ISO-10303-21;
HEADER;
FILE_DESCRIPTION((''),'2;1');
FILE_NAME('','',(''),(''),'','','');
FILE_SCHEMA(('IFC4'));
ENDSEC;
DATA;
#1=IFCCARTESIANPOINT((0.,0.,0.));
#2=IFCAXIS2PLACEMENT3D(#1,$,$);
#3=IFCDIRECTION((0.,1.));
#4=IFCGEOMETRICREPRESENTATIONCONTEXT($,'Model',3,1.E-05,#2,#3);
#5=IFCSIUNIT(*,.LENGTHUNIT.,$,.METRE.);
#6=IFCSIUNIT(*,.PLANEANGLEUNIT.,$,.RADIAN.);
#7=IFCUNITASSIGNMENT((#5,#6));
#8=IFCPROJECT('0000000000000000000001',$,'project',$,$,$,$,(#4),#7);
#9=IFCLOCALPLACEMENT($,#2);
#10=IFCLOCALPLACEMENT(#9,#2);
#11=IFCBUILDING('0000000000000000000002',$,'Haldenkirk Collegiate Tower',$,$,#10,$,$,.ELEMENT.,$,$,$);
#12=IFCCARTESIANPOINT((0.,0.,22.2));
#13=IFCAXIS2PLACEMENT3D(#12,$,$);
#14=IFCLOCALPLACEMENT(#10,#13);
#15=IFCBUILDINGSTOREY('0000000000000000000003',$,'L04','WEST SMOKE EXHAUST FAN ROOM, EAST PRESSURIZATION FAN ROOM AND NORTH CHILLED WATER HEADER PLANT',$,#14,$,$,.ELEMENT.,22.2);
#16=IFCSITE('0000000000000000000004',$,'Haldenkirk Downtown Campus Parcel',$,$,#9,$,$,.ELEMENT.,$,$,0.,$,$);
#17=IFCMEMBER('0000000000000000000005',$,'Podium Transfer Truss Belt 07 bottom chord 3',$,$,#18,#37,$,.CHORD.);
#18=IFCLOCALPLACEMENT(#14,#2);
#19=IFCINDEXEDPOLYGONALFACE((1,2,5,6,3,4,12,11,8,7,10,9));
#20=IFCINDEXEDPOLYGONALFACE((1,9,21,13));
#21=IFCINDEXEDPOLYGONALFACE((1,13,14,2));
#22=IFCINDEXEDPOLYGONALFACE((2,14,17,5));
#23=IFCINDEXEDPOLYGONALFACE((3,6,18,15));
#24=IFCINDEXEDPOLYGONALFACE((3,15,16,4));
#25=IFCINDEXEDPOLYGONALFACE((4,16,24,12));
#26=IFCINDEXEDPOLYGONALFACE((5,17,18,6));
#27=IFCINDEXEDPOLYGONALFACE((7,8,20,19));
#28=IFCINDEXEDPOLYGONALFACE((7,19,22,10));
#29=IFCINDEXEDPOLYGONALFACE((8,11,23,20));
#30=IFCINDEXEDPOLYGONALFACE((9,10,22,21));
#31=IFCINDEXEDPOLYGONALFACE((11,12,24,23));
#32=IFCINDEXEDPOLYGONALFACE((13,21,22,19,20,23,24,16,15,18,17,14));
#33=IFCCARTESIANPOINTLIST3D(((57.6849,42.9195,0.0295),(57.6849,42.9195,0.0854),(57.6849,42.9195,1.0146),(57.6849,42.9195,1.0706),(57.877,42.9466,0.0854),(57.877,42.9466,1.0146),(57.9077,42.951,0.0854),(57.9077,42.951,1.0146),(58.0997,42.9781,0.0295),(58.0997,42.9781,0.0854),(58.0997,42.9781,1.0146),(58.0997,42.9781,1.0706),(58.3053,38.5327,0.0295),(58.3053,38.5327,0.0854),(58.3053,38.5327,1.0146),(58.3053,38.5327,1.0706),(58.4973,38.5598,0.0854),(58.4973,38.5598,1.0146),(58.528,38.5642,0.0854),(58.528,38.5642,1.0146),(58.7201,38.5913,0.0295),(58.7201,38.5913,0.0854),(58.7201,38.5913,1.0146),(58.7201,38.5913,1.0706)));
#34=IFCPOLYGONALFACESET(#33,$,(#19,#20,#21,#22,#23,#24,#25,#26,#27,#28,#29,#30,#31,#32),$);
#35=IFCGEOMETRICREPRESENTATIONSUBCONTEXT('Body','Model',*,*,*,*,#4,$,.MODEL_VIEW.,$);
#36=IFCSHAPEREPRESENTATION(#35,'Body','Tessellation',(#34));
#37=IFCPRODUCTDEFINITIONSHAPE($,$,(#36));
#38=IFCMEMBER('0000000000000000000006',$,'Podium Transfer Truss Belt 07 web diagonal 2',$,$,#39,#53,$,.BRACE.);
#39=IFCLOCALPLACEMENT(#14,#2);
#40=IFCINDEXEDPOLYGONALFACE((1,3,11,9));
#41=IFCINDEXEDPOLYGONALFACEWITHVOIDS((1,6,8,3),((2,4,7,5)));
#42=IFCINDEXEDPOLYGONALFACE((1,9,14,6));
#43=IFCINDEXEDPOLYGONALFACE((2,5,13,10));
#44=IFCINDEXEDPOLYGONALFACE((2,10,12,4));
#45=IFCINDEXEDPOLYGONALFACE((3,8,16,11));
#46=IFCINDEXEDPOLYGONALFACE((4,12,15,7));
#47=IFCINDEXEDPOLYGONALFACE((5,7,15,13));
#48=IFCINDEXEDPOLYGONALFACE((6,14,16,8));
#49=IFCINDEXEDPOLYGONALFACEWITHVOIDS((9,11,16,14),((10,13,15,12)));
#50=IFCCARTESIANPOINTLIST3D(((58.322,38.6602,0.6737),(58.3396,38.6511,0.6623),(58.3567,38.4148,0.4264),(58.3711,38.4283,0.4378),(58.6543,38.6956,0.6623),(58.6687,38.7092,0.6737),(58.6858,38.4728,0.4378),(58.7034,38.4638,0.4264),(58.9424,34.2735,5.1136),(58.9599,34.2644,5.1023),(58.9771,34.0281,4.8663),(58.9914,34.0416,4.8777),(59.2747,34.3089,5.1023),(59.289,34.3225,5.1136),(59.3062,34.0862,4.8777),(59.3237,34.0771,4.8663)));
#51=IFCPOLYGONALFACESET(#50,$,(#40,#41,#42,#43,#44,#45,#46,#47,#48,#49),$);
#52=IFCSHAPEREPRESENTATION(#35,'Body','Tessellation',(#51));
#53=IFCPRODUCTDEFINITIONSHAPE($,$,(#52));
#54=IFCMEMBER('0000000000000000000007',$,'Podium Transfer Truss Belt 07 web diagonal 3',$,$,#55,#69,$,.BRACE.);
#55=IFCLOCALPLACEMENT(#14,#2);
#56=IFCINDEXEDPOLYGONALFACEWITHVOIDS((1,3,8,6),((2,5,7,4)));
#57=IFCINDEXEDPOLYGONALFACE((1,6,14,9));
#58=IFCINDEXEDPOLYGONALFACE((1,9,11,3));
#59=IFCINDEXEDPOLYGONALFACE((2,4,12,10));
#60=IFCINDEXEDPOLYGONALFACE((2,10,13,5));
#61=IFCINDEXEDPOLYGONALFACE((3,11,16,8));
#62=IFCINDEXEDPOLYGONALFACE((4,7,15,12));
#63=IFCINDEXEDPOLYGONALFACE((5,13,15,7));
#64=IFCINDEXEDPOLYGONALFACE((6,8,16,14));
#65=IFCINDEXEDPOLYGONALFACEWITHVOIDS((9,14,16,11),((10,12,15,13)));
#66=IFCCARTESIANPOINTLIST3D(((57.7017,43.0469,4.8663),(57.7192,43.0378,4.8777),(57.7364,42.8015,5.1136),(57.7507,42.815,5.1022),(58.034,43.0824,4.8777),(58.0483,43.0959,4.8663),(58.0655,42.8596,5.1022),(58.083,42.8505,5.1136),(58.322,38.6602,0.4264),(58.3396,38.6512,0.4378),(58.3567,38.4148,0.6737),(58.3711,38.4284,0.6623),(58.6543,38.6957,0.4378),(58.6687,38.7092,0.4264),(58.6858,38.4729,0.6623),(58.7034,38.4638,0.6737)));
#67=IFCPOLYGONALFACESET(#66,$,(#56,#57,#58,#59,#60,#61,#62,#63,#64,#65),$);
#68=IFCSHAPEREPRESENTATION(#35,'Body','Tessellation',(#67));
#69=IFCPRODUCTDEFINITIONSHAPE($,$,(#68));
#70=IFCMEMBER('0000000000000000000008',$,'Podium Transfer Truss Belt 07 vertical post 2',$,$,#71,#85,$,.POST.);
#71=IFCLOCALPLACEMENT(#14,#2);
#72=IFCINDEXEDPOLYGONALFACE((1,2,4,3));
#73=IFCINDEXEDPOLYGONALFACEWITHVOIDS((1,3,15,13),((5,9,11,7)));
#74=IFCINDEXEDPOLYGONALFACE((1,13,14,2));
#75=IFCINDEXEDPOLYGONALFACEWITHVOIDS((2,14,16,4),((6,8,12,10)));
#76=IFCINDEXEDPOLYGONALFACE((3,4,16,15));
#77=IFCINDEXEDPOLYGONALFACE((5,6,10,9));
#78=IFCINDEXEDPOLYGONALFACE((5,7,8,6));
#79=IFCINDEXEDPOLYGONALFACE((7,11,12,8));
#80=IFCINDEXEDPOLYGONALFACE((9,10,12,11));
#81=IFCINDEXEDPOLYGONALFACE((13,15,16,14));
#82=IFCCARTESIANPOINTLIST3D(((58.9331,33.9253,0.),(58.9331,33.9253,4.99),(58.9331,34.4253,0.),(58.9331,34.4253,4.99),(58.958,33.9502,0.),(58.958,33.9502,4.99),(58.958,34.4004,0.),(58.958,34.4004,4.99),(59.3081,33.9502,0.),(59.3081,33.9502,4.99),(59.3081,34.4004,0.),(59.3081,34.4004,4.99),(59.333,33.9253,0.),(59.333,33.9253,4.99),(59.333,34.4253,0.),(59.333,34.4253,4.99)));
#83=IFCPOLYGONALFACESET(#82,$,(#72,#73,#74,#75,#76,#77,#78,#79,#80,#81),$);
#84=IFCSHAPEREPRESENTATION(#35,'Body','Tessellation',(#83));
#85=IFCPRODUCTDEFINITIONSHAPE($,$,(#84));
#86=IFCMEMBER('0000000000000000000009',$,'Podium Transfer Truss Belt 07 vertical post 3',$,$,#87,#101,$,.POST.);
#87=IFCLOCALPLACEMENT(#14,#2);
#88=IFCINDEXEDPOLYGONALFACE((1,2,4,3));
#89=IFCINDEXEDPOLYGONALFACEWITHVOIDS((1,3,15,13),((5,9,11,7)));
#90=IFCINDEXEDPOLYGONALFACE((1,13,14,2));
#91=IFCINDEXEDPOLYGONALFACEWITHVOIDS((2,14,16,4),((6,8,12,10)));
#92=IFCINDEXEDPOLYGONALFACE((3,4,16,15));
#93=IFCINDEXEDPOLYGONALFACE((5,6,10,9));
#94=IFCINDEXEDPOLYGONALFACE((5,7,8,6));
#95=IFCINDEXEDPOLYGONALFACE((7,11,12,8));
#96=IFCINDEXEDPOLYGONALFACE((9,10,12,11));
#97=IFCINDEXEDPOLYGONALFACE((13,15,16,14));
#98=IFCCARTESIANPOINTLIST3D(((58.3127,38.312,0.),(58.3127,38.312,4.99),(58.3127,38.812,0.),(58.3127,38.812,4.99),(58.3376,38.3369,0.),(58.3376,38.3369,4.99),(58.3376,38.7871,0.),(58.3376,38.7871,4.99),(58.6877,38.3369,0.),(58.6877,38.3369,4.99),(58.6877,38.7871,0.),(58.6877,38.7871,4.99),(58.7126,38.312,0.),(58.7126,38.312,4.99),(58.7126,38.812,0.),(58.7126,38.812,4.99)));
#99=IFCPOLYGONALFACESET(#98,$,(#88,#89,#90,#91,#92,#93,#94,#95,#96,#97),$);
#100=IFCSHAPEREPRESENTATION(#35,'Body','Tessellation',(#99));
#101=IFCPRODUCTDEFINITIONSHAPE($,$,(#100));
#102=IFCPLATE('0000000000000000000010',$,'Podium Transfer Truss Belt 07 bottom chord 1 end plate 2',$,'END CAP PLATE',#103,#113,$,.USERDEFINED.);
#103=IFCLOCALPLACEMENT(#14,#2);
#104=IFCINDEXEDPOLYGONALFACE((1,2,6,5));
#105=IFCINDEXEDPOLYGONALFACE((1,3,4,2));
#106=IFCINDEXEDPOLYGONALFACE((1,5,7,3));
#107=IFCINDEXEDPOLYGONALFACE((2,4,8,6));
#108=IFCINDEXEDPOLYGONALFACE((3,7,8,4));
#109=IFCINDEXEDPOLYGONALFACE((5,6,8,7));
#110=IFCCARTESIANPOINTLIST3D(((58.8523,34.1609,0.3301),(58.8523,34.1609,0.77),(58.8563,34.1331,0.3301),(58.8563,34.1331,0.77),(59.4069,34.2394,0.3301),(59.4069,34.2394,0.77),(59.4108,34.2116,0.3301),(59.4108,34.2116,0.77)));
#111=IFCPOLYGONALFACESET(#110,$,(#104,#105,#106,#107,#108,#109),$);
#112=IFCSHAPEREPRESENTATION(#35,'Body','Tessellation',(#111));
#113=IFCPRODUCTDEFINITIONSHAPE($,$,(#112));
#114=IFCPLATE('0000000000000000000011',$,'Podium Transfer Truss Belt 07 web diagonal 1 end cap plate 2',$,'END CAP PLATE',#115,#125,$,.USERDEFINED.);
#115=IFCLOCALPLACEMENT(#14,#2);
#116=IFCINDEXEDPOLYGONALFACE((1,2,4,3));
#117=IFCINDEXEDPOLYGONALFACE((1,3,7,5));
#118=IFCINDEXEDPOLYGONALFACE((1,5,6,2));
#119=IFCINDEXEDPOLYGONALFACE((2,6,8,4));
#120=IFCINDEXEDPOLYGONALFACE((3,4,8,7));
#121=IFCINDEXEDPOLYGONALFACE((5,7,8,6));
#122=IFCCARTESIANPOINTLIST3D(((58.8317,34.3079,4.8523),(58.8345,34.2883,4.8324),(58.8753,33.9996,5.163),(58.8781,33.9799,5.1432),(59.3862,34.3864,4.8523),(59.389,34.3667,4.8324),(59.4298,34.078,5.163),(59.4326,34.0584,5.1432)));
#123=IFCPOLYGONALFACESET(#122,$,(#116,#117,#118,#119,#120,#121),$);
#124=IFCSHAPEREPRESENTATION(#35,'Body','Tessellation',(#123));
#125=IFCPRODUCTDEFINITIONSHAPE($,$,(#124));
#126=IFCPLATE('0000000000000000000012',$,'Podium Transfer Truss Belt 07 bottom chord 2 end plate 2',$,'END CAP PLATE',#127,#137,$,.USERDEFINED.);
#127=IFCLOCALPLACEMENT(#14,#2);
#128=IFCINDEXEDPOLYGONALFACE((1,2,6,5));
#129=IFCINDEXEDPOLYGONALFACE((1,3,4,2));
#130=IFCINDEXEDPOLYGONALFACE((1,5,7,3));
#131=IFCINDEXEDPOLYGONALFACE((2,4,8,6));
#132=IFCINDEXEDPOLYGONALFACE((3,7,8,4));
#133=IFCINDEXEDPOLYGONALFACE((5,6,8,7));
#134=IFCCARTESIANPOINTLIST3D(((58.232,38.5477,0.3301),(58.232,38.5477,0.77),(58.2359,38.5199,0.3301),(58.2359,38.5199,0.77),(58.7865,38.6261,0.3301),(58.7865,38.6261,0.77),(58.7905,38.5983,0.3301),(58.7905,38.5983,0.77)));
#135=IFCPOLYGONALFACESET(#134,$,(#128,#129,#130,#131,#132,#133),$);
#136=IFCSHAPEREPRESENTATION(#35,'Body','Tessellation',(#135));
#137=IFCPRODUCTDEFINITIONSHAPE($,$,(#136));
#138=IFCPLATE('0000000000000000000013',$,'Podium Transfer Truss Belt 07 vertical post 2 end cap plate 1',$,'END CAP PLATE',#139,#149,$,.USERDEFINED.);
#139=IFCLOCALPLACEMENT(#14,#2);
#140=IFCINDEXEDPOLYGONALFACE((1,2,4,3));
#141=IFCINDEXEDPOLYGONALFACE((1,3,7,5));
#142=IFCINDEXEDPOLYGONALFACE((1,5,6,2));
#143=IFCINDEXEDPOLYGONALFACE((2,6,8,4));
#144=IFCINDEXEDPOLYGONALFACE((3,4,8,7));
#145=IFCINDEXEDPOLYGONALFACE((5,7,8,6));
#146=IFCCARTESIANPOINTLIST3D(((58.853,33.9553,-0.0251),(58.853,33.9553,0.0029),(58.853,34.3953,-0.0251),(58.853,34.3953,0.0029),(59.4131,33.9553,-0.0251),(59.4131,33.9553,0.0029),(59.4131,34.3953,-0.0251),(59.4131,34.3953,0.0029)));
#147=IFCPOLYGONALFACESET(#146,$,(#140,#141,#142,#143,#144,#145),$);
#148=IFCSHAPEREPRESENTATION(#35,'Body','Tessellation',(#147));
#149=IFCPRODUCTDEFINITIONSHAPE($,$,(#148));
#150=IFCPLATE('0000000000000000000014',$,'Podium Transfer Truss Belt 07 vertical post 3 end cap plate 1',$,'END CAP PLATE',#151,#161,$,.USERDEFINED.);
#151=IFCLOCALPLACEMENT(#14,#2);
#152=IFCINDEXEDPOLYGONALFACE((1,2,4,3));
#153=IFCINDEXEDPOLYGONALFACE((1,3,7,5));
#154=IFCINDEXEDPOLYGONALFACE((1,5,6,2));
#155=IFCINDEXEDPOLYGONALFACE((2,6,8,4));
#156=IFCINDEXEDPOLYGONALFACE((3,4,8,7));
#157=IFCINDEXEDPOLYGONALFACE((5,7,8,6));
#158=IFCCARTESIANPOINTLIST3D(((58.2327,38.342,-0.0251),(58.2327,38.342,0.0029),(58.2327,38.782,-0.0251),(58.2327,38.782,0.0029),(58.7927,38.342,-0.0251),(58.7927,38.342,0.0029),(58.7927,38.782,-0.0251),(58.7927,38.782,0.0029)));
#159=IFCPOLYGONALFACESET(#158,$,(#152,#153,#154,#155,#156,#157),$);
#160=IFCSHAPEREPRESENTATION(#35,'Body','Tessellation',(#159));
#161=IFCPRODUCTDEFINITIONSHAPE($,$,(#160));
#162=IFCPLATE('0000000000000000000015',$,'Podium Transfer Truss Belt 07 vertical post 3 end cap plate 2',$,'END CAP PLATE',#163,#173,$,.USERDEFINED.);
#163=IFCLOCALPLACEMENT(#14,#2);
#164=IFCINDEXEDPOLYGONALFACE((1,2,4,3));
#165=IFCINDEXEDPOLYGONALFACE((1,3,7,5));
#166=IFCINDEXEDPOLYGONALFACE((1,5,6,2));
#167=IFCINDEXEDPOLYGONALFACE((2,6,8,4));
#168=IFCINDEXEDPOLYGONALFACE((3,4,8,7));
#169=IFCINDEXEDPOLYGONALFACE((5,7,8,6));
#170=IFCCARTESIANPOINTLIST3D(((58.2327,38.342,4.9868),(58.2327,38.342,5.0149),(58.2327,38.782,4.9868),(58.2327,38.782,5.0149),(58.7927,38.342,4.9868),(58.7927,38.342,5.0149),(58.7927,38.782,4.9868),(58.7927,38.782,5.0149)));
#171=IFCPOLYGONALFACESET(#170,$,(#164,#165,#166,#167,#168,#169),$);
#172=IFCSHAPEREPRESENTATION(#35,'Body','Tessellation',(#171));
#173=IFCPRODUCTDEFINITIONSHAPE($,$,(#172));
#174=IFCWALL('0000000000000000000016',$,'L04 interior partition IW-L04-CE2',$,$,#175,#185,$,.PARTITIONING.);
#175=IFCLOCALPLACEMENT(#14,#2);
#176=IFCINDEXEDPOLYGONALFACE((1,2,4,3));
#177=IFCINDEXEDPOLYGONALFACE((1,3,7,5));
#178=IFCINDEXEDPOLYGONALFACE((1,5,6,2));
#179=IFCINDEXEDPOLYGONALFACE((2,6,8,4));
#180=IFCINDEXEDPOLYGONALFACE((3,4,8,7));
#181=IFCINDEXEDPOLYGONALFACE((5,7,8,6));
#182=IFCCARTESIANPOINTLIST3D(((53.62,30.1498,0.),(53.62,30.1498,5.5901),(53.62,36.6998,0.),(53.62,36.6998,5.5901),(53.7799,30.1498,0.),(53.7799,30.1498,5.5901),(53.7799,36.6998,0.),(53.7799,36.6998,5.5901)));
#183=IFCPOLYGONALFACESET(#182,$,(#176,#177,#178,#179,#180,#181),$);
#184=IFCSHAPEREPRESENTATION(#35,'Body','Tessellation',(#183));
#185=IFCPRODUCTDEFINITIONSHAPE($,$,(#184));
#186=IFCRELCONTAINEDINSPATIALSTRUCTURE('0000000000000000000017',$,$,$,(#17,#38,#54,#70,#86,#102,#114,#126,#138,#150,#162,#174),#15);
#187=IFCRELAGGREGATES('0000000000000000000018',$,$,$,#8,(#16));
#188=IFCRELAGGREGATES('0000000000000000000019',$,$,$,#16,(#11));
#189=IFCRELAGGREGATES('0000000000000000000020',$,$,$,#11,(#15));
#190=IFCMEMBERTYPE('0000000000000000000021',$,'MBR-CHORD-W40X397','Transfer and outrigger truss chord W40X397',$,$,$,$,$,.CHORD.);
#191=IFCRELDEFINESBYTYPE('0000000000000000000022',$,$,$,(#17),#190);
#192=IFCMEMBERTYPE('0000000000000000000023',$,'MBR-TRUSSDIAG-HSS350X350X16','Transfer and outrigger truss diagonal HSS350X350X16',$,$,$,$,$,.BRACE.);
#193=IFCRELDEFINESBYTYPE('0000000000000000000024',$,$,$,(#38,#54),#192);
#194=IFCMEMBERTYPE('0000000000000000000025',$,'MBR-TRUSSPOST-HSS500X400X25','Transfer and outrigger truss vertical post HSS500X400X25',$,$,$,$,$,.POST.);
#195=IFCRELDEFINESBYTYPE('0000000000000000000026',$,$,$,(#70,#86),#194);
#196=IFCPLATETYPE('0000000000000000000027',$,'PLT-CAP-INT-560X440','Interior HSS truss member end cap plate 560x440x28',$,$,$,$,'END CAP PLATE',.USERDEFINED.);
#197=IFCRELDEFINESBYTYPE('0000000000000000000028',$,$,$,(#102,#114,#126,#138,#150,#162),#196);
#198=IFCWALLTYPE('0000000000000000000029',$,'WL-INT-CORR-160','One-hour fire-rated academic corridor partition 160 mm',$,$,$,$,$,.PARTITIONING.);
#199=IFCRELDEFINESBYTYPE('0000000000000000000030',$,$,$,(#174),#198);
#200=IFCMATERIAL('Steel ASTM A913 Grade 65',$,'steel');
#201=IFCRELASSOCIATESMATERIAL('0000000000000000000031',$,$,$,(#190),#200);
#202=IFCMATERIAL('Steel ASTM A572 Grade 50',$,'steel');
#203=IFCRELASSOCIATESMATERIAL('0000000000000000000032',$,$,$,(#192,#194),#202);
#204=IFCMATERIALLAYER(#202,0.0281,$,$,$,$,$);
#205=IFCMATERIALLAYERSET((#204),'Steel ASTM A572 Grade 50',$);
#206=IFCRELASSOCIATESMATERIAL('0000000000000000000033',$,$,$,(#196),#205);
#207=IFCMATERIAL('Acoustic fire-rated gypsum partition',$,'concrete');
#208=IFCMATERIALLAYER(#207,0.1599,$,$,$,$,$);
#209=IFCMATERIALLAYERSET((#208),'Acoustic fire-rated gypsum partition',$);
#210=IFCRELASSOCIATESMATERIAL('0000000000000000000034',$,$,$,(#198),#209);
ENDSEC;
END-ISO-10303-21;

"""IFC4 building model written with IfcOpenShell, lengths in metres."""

from ifc_helpers import new_model, si_unit, direction, frame, frame_2d, origin, origin_2d, place, context, subcontext, project, spatial, rectangle, hollow_rectangle, i_section, extrude, source, transform, mapped, material, layer, layer_set, material_profile, profile_set, type_object, element, save


model = new_model("IFC4")

# Units and contexts
model_context = context("Model", 3, precision=1e-05, world=origin(), true_north=direction((0.0, 1.0)))
body_context = subcontext(model_context, "Body", "Model", "MODEL_VIEW")
ifc_project = project(units=[si_unit("LENGTHUNIT", "METRE"), si_unit("PLANEANGLEUNIT", "RADIAN")], contexts=[model_context])

# Site, building, storey
site_placement = place(None, origin())
site = spatial("IfcSite", under=ifc_project, at=site_placement, Name="Haldenkirk Downtown Campus Parcel", CompositionType="ELEMENT", RefElevation=0.0)
building_placement = place(site_placement, origin())
building = spatial("IfcBuilding", under=site, at=building_placement, Name="Haldenkirk Collegiate Tower", CompositionType="ELEMENT")
storey_placement = place(building_placement, frame((0.0, 0.0, 22.2)))
storey = spatial("IfcBuildingStorey", under=building, at=storey_placement, Name="L04", Description="WEST SMOKE EXHAUST FAN ROOM, EAST PRESSURIZATION FAN ROOM AND NORTH CHILLED WATER HEADER PLANT", CompositionType="ELEMENT", Elevation=22.2)

# Shared definitions
ifc_material_1 = material(Name="Steel ASTM A913 Grade 65", Category="steel")
ifc_material_2 = material(Name="Steel ASTM A572 Grade 50", Category="steel")

# Members
ifc_material_profile_1 = material_profile(ifc_material_1, i_section(OverallWidth=0.4189, OverallDepth=1.041, WebThickness=0.031, FlangeThickness=0.0559, at=origin_2d()), Name="W40X397")
ifc_profile_set_1 = profile_set([ifc_material_profile_1], Name="Steel ASTM A913 Grade 65")
member_type_1 = type_object("IfcMemberType", Name="MBR-CHORD-W40X397", Description="Transfer and outrigger truss chord W40X397", PredefinedType="CHORD", material=ifc_profile_set_1)
for number, where, z_axis, x_axis, name in (
    (1, (58.5127, 38.562, 0.55), (-0.140025, 0.990148, 0.0), (-0.990148, -0.140025, 0.0), "Podium Transfer Truss Belt 07 bottom chord 3"),
):
    element("IfcMember", number, at=place(storey_placement, frame(where, z_axis=z_axis, x_axis=x_axis)), inside=storey, type_object=member_type_1, Name=name, PredefinedType="CHORD", context=body_context, shape_type="SweptSolid", body=[
        extrude(i_section(OverallWidth=0.4189, OverallDepth=1.041, WebThickness=0.031, FlangeThickness=0.0559, at=origin_2d()), origin(), (0.0, 0.0, 1.0), 4.4304),
    ])
ifc_material_profile_2 = material_profile(ifc_material_2, hollow_rectangle(XDim=0.3501, YDim=0.3501, WallThickness=0.0161, at=origin_2d()), Name="HSS350X350X16")
ifc_profile_set_2 = profile_set([ifc_material_profile_2], Name="Steel ASTM A572 Grade 50")
member_type_2 = type_object("IfcMemberType", Name="MBR-TRUSSDIAG-HSS350X350X16", Description="Transfer and outrigger truss diagonal HSS350X350X16", PredefinedType="BRACE", material=ifc_profile_set_2)
for number, where, z_axis, x_axis, name in (
    (2, (59.1331, 34.1753, 4.99), (-0.098906, 0.699384, -0.70787), (-0.990148, -0.140025, 0.0), "Podium Transfer Truss Belt 07 web diagonal 2"),
    (3, (58.5127, 38.562, 0.55), (-0.098906, 0.699384, 0.70787), (-0.990148, -0.140025, 0.0), "Podium Transfer Truss Belt 07 web diagonal 3"),
):
    element("IfcMember", number, at=place(storey_placement, frame(where, z_axis=z_axis, x_axis=x_axis)), inside=storey, type_object=member_type_2, Name=name, PredefinedType="BRACE", context=body_context, shape_type="SweptSolid", body=[
        extrude(hollow_rectangle(XDim=0.3501, YDim=0.3501, WallThickness=0.0161, at=origin_2d()), origin(), (0.0, 0.0, 1.0), 6.2722),
    ])
ifc_material_profile_3 = material_profile(ifc_material_2, hollow_rectangle(XDim=0.3999, YDim=0.5, WallThickness=0.0249, at=origin_2d()), Name="HSS500X400X25")
ifc_profile_set_3 = profile_set([ifc_material_profile_3], Name="Steel ASTM A572 Grade 50")
member_type_3 = type_object("IfcMemberType", Name="MBR-TRUSSPOST-HSS500X400X25", Description="Transfer and outrigger truss vertical post HSS500X400X25", PredefinedType="POST", material=ifc_profile_set_3)
for number, where, z_axis, x_axis, name in (
    (4, (59.1331, 34.1753, 0.0), (0.0, 0.0, 1.0), (1.0, 0.0, 0.0), "Podium Transfer Truss Belt 07 vertical post 2"),
    (5, (58.5127, 38.562, 0.0), (0.0, 0.0, 1.0), (1.0, 0.0, 0.0), "Podium Transfer Truss Belt 07 vertical post 3"),
):
    element("IfcMember", number, at=place(storey_placement, frame(where, z_axis=z_axis, x_axis=x_axis)), inside=storey, type_object=member_type_3, Name=name, PredefinedType="POST", context=body_context, shape_type="SweptSolid", body=[
        extrude(hollow_rectangle(XDim=0.3999, YDim=0.5, WallThickness=0.0249, at=origin_2d()), origin(), (0.0, 0.0, 1.0), 4.99),
    ])

# Plates
ifc_layer_1 = layer(ifc_material_2, 0.0281)
ifc_layer_set_1 = layer_set([ifc_layer_1], Name="Steel ASTM A572 Grade 50")
plate_type = type_object("IfcPlateType", Name="PLT-CAP-INT-560X440", Description="Interior HSS truss member end cap plate 560x440x28", ElementType="END CAP PLATE", PredefinedType="USERDEFINED", material=ifc_layer_set_1)
shared_shape = source(origin(), body_context, "Body", "SweptSolid", [
    extrude(rectangle(XDim=0.5601, YDim=0.4399, at=origin_2d()), origin(), (0.0, 0.0, 1.0), 0.0281),
])
for number, where, z_axis, x_axis, name in (
    (6, (59.1335, 34.1724, 0.55), (-0.140035, 0.990147, 0.0), (-0.990147, -0.140035, 0.0), "Podium Transfer Truss Belt 07 bottom chord 1 end plate 2"),
    (7, (59.1335, 34.1733, 4.9878), (-0.098911, 0.699378, 0.707875), (-0.990147, -0.140034, 0.0), "Podium Transfer Truss Belt 07 web diagonal 1 end cap plate 2"),
    (8, (58.5132, 38.5591, 0.55), (-0.140035, 0.990147, 0.0), (-0.990147, -0.140035, 0.0), "Podium Transfer Truss Belt 07 bottom chord 2 end plate 2"),
    (9, (59.1331, 34.1753, 0.0029), (0.0, 0.0, -1.0), (1.0, 0.0, 0.0), "Podium Transfer Truss Belt 07 vertical post 2 end cap plate 1"),
    (10, (58.5127, 38.562, 0.0029), (0.0, 0.0, -1.0), (1.0, 0.0, 0.0), "Podium Transfer Truss Belt 07 vertical post 3 end cap plate 1"),
    (11, (58.5127, 38.562, 4.9868), (0.0, 0.0, 1.0), (1.0, 0.0, 0.0), "Podium Transfer Truss Belt 07 vertical post 3 end cap plate 2"),
):
    element("IfcPlate", number, at=place(storey_placement, frame(where, z_axis=z_axis, x_axis=x_axis)), inside=storey, type_object=plate_type, Name=name, ObjectType="END CAP PLATE", PredefinedType="USERDEFINED", context=body_context, shape_type="MappedRepresentation", body=[
        mapped(shared_shape, transform((0.0, 0.0, 0.0), x_axis=(1.0, 0.0, 0.0), y_axis=(0.0, 1.0, 0.0), z_axis=(0.0, 0.0, 1.0), scale=1.0)),
    ])

# Wall
ifc_material_3 = material(Name="Acoustic fire-rated gypsum partition", Category="concrete")
ifc_layer_2 = layer(ifc_material_3, 0.1599)
ifc_layer_set_2 = layer_set([ifc_layer_2], Name="Acoustic fire-rated gypsum partition")
wall_type_1 = type_object("IfcWallType", Name="WL-INT-CORR-160", Description="One-hour fire-rated academic corridor partition 160 mm", PredefinedType="PARTITIONING", material=ifc_layer_set_2)
wall_1_placement = place(storey_placement, frame((53.7, 30.1499, 0.0), z_axis=(0.0, 0.0, 1.0), x_axis=(0.0, 1.0, 0.0)))
element("IfcWall", 12, at=wall_1_placement, inside=storey, type_object=wall_type_1, Name="L04 interior partition IW-L04-CE2", PredefinedType="PARTITIONING", context=body_context, shape_type="SweptSolid", body=[
    extrude(rectangle(XDim=6.55, YDim=0.1599, at=frame_2d((3.2749, 0.0))), origin(), (0.0, 0.0, 1.0), 5.5901),
])

save(model, "model.ifc")
